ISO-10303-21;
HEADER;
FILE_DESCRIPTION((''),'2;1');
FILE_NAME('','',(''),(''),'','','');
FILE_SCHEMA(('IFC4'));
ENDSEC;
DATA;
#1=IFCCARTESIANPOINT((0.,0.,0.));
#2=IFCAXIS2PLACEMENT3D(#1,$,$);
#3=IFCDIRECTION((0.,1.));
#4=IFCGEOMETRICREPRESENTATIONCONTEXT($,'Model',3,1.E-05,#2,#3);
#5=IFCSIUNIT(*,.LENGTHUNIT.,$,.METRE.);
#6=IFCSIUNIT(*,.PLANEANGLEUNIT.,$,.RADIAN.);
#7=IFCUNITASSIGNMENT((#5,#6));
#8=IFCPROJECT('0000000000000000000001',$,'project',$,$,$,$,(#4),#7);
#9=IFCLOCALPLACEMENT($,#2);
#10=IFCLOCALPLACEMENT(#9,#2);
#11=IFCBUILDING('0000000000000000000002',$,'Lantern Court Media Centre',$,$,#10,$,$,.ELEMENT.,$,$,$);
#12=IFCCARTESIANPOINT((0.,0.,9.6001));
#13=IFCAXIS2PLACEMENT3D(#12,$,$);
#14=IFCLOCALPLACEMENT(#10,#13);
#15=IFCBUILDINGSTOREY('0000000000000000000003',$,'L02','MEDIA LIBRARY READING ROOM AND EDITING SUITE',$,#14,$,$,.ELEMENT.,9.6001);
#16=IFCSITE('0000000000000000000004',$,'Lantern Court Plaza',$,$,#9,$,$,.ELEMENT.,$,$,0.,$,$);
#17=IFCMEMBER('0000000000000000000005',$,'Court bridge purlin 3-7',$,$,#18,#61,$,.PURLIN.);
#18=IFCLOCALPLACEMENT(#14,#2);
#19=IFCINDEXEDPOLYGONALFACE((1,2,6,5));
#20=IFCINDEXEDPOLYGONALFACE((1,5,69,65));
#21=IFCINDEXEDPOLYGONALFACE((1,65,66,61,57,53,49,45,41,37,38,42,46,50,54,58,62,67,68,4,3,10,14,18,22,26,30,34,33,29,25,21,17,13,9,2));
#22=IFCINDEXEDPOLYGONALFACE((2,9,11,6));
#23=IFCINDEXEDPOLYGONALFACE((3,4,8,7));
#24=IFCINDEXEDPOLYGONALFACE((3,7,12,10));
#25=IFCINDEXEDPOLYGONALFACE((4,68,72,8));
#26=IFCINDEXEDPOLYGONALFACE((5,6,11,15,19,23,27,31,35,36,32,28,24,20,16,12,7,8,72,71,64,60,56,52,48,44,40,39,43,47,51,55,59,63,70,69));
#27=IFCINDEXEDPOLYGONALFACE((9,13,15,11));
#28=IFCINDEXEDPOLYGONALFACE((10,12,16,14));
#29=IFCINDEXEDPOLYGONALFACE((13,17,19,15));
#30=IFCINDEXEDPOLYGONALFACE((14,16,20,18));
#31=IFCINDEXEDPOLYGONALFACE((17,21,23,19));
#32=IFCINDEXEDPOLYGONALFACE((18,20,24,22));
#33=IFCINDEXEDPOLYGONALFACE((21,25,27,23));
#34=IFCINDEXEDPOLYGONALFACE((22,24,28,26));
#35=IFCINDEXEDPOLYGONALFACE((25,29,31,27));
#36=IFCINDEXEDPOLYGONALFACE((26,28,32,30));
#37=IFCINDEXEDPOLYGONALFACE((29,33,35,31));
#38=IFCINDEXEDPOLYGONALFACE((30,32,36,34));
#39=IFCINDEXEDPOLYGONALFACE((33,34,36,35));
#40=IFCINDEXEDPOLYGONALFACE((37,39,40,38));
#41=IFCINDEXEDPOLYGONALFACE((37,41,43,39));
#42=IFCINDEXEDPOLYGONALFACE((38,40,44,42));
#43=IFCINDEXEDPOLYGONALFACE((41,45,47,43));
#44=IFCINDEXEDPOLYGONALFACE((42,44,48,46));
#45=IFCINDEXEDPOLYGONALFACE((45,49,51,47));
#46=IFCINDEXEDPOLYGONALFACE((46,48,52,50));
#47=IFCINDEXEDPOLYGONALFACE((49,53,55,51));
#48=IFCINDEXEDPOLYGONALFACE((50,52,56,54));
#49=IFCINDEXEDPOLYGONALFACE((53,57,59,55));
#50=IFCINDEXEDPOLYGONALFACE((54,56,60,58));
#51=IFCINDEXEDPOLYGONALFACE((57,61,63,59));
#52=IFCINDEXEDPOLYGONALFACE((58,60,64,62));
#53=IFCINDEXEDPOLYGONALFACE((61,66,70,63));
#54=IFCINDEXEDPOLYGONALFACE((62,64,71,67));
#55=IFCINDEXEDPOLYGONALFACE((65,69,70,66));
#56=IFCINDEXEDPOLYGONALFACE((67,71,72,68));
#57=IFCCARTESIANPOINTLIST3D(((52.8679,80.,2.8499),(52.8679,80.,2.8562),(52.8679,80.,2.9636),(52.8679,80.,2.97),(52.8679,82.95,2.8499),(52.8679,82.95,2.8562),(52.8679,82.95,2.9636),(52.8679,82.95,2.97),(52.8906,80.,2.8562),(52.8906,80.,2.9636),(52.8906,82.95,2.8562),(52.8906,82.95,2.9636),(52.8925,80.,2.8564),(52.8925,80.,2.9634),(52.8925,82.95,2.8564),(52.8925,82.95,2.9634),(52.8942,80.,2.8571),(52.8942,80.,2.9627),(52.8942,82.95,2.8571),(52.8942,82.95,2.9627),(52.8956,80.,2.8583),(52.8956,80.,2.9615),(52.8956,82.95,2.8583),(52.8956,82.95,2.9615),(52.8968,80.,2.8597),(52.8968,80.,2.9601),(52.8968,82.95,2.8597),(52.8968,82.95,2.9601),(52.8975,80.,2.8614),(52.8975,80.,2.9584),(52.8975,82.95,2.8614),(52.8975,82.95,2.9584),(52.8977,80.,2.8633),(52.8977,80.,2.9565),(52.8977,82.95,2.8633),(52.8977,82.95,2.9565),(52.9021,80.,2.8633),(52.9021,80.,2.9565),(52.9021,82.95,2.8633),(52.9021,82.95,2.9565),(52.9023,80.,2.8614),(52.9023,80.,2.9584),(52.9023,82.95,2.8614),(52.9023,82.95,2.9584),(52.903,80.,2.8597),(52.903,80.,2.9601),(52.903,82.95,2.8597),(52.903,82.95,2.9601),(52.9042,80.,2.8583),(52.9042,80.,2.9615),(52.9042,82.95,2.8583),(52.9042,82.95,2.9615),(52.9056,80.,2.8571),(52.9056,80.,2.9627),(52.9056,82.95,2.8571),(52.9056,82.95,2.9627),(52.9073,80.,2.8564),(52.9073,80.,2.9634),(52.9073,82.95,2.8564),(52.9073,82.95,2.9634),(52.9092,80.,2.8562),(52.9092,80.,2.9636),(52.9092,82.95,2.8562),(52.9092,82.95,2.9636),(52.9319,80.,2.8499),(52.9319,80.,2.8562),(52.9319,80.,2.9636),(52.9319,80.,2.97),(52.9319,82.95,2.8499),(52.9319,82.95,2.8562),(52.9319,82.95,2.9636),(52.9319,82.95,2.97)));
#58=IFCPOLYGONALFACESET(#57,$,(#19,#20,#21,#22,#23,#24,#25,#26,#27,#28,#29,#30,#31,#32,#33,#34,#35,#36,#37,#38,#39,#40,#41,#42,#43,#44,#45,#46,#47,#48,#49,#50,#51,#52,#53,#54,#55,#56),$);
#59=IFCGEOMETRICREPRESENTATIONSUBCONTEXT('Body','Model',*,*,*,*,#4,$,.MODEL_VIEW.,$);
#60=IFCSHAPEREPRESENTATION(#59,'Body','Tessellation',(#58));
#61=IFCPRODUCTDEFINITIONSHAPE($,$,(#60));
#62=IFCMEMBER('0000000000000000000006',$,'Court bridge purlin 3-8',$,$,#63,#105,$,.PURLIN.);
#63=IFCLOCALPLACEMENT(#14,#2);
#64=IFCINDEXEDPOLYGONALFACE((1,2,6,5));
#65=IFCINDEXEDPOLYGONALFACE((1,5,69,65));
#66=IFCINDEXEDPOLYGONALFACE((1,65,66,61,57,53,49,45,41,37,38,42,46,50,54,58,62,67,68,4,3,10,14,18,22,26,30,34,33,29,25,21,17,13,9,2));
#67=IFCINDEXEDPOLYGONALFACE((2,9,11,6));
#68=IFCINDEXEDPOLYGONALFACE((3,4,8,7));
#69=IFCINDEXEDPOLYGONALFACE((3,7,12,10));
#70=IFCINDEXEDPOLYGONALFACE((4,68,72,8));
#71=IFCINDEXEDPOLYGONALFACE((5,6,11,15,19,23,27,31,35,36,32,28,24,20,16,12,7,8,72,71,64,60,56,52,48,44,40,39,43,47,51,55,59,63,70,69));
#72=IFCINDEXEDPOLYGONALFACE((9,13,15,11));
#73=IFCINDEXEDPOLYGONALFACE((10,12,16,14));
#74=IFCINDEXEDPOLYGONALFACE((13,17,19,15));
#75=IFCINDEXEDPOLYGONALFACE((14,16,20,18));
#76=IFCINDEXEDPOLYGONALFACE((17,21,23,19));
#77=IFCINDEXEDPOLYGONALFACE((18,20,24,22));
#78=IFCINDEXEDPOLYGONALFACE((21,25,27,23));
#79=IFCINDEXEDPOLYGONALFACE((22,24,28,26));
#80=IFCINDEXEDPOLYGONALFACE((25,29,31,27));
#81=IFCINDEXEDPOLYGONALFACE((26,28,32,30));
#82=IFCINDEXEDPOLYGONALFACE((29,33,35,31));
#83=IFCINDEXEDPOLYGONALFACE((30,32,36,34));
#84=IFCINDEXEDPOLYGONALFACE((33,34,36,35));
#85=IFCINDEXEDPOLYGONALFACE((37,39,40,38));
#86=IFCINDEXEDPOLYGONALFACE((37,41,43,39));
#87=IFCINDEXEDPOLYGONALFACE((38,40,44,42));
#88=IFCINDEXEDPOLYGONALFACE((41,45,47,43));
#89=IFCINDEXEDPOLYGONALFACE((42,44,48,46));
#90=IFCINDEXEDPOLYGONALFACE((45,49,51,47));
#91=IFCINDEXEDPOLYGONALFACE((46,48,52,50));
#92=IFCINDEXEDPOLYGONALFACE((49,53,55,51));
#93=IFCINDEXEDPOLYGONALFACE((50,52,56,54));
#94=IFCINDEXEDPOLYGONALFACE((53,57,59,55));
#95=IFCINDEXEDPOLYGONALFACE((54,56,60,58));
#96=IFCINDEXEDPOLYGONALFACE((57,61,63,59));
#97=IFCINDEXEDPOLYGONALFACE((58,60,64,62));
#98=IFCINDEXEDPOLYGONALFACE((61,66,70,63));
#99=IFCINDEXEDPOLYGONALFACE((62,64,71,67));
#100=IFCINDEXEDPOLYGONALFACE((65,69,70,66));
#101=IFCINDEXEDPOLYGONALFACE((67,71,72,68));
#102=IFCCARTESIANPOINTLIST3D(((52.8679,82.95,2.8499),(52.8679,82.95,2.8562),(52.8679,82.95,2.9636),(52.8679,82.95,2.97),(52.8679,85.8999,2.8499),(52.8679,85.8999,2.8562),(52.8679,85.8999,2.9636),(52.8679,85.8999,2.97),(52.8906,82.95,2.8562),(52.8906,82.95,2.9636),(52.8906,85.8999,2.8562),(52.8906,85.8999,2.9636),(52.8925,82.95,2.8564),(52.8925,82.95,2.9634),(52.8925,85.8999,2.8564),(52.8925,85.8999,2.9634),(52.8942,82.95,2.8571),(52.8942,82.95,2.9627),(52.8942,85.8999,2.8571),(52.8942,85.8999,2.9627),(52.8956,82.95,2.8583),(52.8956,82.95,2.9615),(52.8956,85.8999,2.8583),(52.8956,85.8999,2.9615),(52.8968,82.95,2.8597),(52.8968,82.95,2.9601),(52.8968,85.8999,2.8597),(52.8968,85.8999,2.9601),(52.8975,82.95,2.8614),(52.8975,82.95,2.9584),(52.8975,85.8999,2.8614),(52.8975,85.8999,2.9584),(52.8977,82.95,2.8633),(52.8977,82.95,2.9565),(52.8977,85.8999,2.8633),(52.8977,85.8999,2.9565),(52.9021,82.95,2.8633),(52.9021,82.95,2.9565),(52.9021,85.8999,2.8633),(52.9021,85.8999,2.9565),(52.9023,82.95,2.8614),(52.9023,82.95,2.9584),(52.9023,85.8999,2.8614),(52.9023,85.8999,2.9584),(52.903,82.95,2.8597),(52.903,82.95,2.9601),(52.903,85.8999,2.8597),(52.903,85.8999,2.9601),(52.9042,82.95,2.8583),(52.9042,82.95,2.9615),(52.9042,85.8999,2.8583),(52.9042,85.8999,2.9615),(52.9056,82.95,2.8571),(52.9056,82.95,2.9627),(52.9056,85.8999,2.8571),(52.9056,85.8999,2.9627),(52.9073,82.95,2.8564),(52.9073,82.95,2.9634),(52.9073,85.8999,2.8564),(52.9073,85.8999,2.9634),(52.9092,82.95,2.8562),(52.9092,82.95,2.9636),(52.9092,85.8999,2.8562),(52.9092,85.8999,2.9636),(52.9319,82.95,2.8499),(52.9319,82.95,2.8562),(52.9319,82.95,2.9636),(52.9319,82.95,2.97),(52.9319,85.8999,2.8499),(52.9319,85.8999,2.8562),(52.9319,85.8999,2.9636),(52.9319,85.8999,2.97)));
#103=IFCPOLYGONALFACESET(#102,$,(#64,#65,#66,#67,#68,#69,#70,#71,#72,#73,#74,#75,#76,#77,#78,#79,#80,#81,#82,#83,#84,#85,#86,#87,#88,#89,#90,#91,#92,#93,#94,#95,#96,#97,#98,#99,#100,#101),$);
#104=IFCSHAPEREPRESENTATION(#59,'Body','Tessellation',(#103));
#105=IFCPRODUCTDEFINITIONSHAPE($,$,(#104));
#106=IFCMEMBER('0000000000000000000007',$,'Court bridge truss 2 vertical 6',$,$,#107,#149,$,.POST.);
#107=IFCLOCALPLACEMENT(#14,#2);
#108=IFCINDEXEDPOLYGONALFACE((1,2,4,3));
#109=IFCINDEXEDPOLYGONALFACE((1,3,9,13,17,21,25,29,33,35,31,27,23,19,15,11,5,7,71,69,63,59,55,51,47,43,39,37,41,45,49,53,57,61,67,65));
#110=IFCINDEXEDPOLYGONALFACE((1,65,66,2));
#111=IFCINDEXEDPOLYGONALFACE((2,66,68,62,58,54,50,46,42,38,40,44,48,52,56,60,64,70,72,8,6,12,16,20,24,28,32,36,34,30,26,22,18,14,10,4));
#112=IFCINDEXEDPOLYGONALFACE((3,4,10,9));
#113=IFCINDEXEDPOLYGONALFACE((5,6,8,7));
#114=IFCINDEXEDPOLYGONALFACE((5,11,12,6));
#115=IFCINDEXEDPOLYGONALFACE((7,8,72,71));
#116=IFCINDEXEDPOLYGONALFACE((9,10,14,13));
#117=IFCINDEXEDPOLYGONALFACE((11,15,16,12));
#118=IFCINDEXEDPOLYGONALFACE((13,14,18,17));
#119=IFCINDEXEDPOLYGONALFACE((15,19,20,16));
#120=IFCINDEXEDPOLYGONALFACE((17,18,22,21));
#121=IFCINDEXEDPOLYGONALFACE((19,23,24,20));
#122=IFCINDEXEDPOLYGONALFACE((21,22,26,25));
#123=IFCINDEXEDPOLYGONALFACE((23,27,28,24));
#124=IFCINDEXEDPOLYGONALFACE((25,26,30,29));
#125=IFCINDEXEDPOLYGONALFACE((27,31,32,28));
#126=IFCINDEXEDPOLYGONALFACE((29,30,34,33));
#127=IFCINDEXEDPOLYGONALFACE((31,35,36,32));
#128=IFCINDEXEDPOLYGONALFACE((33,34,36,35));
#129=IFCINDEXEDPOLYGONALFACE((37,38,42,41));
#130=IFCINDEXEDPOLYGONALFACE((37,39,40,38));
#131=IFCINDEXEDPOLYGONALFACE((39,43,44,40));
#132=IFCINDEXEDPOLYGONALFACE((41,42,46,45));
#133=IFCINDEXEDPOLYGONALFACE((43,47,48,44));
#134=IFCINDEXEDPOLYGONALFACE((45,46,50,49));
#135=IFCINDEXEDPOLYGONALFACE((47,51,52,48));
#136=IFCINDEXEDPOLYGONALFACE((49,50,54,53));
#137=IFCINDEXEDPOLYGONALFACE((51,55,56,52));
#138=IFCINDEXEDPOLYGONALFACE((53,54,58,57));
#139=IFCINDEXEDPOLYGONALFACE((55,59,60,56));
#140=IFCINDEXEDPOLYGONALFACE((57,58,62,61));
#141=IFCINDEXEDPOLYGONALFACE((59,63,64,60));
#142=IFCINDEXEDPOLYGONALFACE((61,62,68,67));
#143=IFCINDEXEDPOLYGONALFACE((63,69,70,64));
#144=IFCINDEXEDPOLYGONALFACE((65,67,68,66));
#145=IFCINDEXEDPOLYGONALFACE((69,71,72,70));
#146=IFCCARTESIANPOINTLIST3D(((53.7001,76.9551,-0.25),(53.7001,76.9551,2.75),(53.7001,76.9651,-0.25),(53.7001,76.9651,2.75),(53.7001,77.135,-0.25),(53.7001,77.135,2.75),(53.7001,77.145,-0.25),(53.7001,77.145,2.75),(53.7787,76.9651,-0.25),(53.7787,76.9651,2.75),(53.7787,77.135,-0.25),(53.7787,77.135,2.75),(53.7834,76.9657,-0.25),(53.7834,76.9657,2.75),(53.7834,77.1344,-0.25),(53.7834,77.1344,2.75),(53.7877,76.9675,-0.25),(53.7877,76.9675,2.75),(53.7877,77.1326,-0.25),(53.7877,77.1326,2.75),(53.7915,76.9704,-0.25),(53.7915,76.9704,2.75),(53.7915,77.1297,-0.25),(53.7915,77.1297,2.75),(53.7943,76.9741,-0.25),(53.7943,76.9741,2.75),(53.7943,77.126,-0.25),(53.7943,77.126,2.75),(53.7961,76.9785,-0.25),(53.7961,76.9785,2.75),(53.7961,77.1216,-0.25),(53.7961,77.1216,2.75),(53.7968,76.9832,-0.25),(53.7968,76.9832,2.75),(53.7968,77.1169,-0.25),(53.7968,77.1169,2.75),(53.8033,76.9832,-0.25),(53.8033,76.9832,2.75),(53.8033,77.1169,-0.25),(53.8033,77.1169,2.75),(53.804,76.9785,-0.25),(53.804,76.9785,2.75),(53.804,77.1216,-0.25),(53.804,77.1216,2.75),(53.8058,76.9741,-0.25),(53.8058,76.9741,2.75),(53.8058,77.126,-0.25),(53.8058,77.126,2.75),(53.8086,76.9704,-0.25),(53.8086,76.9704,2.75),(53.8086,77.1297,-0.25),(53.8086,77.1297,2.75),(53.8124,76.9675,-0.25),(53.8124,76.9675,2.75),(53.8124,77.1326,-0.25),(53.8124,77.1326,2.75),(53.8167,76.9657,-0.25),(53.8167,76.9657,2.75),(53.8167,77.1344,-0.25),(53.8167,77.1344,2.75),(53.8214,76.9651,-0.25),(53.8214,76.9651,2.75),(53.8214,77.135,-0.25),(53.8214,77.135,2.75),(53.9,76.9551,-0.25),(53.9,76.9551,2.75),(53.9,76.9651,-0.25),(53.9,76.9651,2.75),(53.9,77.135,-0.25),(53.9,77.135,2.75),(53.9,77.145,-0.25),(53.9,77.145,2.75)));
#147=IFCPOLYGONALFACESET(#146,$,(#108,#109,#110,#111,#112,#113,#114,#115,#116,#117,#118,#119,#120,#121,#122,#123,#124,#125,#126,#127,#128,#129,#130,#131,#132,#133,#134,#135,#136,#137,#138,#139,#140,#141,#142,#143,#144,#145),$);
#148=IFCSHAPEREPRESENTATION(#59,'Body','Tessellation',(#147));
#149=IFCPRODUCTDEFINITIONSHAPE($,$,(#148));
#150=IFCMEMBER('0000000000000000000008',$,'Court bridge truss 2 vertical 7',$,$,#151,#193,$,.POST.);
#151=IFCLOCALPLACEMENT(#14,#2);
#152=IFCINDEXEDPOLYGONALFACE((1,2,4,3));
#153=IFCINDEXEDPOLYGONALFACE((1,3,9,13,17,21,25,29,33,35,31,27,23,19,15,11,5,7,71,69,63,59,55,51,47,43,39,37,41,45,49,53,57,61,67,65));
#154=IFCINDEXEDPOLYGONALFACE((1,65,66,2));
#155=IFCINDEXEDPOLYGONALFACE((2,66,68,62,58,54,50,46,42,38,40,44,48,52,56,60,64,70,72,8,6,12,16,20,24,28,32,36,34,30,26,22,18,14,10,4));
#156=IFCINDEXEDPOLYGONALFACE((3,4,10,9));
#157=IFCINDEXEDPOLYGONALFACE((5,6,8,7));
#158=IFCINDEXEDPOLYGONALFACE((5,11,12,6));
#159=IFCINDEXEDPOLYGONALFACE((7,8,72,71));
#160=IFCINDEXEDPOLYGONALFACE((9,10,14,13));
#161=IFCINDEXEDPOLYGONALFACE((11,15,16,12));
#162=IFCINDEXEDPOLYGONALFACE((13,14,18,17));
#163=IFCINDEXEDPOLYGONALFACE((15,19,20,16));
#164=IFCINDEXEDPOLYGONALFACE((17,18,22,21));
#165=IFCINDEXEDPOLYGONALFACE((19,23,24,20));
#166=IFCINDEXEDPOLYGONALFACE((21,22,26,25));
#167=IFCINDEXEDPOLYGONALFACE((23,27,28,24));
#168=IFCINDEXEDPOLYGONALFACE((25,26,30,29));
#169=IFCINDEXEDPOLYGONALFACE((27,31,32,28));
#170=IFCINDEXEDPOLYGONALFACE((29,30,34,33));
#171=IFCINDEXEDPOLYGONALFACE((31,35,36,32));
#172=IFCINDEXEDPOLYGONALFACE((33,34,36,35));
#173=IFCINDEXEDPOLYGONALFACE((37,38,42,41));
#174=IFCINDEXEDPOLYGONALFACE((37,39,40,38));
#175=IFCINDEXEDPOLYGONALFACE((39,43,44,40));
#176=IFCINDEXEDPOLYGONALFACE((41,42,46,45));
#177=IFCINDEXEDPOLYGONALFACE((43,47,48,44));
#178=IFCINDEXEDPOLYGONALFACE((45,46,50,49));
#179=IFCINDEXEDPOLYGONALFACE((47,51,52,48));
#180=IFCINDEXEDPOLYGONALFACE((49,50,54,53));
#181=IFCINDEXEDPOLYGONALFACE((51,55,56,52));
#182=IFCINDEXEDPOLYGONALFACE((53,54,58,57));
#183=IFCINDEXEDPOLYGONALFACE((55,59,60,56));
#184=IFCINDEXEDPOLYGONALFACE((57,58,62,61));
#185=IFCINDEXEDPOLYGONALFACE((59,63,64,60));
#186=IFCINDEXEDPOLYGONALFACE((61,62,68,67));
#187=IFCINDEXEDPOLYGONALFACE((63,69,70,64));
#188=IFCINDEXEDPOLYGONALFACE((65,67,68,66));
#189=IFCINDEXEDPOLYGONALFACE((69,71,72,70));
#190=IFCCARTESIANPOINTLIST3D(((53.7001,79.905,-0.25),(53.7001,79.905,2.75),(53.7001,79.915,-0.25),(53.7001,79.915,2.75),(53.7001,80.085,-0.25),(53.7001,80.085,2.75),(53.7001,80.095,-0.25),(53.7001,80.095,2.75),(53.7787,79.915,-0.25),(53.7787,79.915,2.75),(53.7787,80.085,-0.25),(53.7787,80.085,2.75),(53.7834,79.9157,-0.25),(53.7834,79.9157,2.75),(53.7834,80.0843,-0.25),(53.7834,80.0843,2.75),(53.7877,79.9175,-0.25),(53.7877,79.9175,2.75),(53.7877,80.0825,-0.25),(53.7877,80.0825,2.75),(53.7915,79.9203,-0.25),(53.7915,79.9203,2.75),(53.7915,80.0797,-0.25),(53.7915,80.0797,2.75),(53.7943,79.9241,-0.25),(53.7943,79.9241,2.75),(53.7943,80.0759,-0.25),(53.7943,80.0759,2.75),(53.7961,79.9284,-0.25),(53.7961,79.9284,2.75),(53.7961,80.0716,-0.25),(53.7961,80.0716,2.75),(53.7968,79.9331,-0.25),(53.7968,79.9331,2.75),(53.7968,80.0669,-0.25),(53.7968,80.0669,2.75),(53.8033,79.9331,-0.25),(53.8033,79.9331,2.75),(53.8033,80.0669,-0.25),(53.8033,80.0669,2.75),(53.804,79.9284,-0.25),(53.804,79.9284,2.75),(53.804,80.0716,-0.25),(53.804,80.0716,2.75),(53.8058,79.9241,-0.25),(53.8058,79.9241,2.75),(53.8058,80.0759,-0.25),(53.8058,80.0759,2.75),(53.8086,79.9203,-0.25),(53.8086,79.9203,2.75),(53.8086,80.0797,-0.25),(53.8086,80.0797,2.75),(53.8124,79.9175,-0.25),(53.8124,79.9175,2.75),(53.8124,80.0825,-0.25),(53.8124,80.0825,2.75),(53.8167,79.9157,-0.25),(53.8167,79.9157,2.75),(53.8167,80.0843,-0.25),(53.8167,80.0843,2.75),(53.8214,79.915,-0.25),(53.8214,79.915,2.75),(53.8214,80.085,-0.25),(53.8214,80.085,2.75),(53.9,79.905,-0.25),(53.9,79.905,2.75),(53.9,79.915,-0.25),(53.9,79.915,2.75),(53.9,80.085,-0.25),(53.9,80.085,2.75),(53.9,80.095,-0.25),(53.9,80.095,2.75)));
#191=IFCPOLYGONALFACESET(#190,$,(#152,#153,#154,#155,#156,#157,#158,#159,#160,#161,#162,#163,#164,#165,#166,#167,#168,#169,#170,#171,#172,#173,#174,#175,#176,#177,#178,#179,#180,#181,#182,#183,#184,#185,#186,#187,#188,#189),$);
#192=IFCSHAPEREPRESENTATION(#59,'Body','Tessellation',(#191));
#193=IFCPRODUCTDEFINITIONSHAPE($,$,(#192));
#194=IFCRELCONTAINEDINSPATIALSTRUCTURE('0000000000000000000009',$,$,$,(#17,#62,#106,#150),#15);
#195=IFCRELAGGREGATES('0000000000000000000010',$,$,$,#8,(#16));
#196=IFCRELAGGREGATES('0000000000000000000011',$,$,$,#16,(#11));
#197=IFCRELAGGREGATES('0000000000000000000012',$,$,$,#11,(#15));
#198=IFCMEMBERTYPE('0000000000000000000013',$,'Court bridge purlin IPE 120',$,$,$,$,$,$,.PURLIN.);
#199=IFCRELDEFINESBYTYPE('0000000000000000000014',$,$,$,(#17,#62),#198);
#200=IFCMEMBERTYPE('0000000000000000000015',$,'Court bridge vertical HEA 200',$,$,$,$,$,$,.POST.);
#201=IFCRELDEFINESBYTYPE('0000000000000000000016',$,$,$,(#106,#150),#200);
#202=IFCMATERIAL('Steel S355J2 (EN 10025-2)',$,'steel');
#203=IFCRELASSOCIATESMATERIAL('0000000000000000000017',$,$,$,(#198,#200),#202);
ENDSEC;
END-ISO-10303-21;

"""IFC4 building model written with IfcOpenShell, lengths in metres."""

from ifc_helpers import new_model, si_unit, direction, frame, origin, origin_2d, place, context, subcontext, project, spatial, i_section, extrude, material, material_profile, profile_set, type_object, element, save


model = new_model("IFC4")

# Units and contexts
model_context = context("Model", 3, precision=1e-05, world=origin(), true_north=direction((0.0, 1.0)))
body_context = subcontext(model_context, "Body", "Model", "MODEL_VIEW")
ifc_project = project(units=[si_unit("LENGTHUNIT", "METRE"), si_unit("PLANEANGLEUNIT", "RADIAN")], contexts=[model_context])

# Site, building, storey
site_placement = place(None, origin())
site = spatial("IfcSite", under=ifc_project, at=site_placement, Name="Lantern Court Plaza", CompositionType="ELEMENT", RefElevation=0.0)
building_placement = place(site_placement, origin())
building = spatial("IfcBuilding", under=site, at=building_placement, Name="Lantern Court Media Centre", CompositionType="ELEMENT")
storey_placement = place(building_placement, frame((0.0, 0.0, 9.6001)))
storey = spatial("IfcBuildingStorey", under=building, at=storey_placement, Name="L02", Description="MEDIA LIBRARY READING ROOM AND EDITING SUITE", CompositionType="ELEMENT", Elevation=9.6001)

# Shared definitions
ifc_material_1 = material(Name="Steel S355J2 (EN 10025-2)", Category="steel")

# Members
ifc_material_profile_1 = material_profile(ifc_material_1, i_section(OverallWidth=0.064, OverallDepth=0.1201, WebThickness=0.0044, FlangeThickness=0.0063, FilletRadius=0.0071, at=origin_2d()), Name="IPE 120")
ifc_profile_set_1 = profile_set([ifc_material_profile_1], Name="Steel S355J2 (EN 10025-2)")
member_type_1 = type_object("IfcMemberType", Name="Court bridge purlin IPE 120", PredefinedType="PURLIN", material=ifc_profile_set_1)
for number, where, z_axis, x_axis, name in (
    (1, (52.8999, 80.0, 2.9099), (0.0, 1.0, 0.0), (-1.0, 0.0, 0.0), "Court bridge purlin 3-7"),
    (2, (52.8999, 82.95, 2.9099), (0.0, 1.0, 0.0), (-1.0, 0.0, 0.0), "Court bridge purlin 3-8"),
):
    element("IfcMember", number, at=place(storey_placement, frame(where, z_axis=z_axis, x_axis=x_axis)), inside=storey, type_object=member_type_1, Name=name, PredefinedType="PURLIN", context=body_context, shape_type="SweptSolid", body=[
        extrude(i_section(OverallWidth=0.064, OverallDepth=0.1201, WebThickness=0.0044, FlangeThickness=0.0063, FilletRadius=0.0071, at=origin_2d()), origin(), (0.0, 0.0, 1.0), 2.95),
    ])
ifc_material_profile_2 = material_profile(ifc_material_1, i_section(OverallWidth=0.2, OverallDepth=0.1899, WebThickness=0.0066, FlangeThickness=0.01, FilletRadius=0.0181, at=origin_2d()), Name="HEA 200")
ifc_profile_set_2 = profile_set([ifc_material_profile_2], Name="Steel S355J2 (EN 10025-2)")
member_type_2 = type_object("IfcMemberType", Name="Court bridge vertical HEA 200", PredefinedType="POST", material=ifc_profile_set_2)
for number, where, z_axis, x_axis, name in (
    (3, (53.8, 77.05, -0.25), (0.0, 0.0, 1.0), (1.0, 0.0, 0.0), "Court bridge truss 2 vertical 6"),
    (4, (53.8, 80.0, -0.25), (0.0, 0.0, 1.0), (1.0, 0.0, 0.0), "Court bridge truss 2 vertical 7"),
):
    element("IfcMember", number, at=place(storey_placement, frame(where, z_axis=z_axis, x_axis=x_axis)), inside=storey, type_object=member_type_2, Name=name, PredefinedType="POST", context=body_context, shape_type="SweptSolid", body=[
        extrude(i_section(OverallWidth=0.2, OverallDepth=0.1899, WebThickness=0.0066, FlangeThickness=0.01, FilletRadius=0.0181, at=origin_2d()), origin(), (0.0, 0.0, 1.0), 3.0),
    ])

save(model, "model.ifc")
